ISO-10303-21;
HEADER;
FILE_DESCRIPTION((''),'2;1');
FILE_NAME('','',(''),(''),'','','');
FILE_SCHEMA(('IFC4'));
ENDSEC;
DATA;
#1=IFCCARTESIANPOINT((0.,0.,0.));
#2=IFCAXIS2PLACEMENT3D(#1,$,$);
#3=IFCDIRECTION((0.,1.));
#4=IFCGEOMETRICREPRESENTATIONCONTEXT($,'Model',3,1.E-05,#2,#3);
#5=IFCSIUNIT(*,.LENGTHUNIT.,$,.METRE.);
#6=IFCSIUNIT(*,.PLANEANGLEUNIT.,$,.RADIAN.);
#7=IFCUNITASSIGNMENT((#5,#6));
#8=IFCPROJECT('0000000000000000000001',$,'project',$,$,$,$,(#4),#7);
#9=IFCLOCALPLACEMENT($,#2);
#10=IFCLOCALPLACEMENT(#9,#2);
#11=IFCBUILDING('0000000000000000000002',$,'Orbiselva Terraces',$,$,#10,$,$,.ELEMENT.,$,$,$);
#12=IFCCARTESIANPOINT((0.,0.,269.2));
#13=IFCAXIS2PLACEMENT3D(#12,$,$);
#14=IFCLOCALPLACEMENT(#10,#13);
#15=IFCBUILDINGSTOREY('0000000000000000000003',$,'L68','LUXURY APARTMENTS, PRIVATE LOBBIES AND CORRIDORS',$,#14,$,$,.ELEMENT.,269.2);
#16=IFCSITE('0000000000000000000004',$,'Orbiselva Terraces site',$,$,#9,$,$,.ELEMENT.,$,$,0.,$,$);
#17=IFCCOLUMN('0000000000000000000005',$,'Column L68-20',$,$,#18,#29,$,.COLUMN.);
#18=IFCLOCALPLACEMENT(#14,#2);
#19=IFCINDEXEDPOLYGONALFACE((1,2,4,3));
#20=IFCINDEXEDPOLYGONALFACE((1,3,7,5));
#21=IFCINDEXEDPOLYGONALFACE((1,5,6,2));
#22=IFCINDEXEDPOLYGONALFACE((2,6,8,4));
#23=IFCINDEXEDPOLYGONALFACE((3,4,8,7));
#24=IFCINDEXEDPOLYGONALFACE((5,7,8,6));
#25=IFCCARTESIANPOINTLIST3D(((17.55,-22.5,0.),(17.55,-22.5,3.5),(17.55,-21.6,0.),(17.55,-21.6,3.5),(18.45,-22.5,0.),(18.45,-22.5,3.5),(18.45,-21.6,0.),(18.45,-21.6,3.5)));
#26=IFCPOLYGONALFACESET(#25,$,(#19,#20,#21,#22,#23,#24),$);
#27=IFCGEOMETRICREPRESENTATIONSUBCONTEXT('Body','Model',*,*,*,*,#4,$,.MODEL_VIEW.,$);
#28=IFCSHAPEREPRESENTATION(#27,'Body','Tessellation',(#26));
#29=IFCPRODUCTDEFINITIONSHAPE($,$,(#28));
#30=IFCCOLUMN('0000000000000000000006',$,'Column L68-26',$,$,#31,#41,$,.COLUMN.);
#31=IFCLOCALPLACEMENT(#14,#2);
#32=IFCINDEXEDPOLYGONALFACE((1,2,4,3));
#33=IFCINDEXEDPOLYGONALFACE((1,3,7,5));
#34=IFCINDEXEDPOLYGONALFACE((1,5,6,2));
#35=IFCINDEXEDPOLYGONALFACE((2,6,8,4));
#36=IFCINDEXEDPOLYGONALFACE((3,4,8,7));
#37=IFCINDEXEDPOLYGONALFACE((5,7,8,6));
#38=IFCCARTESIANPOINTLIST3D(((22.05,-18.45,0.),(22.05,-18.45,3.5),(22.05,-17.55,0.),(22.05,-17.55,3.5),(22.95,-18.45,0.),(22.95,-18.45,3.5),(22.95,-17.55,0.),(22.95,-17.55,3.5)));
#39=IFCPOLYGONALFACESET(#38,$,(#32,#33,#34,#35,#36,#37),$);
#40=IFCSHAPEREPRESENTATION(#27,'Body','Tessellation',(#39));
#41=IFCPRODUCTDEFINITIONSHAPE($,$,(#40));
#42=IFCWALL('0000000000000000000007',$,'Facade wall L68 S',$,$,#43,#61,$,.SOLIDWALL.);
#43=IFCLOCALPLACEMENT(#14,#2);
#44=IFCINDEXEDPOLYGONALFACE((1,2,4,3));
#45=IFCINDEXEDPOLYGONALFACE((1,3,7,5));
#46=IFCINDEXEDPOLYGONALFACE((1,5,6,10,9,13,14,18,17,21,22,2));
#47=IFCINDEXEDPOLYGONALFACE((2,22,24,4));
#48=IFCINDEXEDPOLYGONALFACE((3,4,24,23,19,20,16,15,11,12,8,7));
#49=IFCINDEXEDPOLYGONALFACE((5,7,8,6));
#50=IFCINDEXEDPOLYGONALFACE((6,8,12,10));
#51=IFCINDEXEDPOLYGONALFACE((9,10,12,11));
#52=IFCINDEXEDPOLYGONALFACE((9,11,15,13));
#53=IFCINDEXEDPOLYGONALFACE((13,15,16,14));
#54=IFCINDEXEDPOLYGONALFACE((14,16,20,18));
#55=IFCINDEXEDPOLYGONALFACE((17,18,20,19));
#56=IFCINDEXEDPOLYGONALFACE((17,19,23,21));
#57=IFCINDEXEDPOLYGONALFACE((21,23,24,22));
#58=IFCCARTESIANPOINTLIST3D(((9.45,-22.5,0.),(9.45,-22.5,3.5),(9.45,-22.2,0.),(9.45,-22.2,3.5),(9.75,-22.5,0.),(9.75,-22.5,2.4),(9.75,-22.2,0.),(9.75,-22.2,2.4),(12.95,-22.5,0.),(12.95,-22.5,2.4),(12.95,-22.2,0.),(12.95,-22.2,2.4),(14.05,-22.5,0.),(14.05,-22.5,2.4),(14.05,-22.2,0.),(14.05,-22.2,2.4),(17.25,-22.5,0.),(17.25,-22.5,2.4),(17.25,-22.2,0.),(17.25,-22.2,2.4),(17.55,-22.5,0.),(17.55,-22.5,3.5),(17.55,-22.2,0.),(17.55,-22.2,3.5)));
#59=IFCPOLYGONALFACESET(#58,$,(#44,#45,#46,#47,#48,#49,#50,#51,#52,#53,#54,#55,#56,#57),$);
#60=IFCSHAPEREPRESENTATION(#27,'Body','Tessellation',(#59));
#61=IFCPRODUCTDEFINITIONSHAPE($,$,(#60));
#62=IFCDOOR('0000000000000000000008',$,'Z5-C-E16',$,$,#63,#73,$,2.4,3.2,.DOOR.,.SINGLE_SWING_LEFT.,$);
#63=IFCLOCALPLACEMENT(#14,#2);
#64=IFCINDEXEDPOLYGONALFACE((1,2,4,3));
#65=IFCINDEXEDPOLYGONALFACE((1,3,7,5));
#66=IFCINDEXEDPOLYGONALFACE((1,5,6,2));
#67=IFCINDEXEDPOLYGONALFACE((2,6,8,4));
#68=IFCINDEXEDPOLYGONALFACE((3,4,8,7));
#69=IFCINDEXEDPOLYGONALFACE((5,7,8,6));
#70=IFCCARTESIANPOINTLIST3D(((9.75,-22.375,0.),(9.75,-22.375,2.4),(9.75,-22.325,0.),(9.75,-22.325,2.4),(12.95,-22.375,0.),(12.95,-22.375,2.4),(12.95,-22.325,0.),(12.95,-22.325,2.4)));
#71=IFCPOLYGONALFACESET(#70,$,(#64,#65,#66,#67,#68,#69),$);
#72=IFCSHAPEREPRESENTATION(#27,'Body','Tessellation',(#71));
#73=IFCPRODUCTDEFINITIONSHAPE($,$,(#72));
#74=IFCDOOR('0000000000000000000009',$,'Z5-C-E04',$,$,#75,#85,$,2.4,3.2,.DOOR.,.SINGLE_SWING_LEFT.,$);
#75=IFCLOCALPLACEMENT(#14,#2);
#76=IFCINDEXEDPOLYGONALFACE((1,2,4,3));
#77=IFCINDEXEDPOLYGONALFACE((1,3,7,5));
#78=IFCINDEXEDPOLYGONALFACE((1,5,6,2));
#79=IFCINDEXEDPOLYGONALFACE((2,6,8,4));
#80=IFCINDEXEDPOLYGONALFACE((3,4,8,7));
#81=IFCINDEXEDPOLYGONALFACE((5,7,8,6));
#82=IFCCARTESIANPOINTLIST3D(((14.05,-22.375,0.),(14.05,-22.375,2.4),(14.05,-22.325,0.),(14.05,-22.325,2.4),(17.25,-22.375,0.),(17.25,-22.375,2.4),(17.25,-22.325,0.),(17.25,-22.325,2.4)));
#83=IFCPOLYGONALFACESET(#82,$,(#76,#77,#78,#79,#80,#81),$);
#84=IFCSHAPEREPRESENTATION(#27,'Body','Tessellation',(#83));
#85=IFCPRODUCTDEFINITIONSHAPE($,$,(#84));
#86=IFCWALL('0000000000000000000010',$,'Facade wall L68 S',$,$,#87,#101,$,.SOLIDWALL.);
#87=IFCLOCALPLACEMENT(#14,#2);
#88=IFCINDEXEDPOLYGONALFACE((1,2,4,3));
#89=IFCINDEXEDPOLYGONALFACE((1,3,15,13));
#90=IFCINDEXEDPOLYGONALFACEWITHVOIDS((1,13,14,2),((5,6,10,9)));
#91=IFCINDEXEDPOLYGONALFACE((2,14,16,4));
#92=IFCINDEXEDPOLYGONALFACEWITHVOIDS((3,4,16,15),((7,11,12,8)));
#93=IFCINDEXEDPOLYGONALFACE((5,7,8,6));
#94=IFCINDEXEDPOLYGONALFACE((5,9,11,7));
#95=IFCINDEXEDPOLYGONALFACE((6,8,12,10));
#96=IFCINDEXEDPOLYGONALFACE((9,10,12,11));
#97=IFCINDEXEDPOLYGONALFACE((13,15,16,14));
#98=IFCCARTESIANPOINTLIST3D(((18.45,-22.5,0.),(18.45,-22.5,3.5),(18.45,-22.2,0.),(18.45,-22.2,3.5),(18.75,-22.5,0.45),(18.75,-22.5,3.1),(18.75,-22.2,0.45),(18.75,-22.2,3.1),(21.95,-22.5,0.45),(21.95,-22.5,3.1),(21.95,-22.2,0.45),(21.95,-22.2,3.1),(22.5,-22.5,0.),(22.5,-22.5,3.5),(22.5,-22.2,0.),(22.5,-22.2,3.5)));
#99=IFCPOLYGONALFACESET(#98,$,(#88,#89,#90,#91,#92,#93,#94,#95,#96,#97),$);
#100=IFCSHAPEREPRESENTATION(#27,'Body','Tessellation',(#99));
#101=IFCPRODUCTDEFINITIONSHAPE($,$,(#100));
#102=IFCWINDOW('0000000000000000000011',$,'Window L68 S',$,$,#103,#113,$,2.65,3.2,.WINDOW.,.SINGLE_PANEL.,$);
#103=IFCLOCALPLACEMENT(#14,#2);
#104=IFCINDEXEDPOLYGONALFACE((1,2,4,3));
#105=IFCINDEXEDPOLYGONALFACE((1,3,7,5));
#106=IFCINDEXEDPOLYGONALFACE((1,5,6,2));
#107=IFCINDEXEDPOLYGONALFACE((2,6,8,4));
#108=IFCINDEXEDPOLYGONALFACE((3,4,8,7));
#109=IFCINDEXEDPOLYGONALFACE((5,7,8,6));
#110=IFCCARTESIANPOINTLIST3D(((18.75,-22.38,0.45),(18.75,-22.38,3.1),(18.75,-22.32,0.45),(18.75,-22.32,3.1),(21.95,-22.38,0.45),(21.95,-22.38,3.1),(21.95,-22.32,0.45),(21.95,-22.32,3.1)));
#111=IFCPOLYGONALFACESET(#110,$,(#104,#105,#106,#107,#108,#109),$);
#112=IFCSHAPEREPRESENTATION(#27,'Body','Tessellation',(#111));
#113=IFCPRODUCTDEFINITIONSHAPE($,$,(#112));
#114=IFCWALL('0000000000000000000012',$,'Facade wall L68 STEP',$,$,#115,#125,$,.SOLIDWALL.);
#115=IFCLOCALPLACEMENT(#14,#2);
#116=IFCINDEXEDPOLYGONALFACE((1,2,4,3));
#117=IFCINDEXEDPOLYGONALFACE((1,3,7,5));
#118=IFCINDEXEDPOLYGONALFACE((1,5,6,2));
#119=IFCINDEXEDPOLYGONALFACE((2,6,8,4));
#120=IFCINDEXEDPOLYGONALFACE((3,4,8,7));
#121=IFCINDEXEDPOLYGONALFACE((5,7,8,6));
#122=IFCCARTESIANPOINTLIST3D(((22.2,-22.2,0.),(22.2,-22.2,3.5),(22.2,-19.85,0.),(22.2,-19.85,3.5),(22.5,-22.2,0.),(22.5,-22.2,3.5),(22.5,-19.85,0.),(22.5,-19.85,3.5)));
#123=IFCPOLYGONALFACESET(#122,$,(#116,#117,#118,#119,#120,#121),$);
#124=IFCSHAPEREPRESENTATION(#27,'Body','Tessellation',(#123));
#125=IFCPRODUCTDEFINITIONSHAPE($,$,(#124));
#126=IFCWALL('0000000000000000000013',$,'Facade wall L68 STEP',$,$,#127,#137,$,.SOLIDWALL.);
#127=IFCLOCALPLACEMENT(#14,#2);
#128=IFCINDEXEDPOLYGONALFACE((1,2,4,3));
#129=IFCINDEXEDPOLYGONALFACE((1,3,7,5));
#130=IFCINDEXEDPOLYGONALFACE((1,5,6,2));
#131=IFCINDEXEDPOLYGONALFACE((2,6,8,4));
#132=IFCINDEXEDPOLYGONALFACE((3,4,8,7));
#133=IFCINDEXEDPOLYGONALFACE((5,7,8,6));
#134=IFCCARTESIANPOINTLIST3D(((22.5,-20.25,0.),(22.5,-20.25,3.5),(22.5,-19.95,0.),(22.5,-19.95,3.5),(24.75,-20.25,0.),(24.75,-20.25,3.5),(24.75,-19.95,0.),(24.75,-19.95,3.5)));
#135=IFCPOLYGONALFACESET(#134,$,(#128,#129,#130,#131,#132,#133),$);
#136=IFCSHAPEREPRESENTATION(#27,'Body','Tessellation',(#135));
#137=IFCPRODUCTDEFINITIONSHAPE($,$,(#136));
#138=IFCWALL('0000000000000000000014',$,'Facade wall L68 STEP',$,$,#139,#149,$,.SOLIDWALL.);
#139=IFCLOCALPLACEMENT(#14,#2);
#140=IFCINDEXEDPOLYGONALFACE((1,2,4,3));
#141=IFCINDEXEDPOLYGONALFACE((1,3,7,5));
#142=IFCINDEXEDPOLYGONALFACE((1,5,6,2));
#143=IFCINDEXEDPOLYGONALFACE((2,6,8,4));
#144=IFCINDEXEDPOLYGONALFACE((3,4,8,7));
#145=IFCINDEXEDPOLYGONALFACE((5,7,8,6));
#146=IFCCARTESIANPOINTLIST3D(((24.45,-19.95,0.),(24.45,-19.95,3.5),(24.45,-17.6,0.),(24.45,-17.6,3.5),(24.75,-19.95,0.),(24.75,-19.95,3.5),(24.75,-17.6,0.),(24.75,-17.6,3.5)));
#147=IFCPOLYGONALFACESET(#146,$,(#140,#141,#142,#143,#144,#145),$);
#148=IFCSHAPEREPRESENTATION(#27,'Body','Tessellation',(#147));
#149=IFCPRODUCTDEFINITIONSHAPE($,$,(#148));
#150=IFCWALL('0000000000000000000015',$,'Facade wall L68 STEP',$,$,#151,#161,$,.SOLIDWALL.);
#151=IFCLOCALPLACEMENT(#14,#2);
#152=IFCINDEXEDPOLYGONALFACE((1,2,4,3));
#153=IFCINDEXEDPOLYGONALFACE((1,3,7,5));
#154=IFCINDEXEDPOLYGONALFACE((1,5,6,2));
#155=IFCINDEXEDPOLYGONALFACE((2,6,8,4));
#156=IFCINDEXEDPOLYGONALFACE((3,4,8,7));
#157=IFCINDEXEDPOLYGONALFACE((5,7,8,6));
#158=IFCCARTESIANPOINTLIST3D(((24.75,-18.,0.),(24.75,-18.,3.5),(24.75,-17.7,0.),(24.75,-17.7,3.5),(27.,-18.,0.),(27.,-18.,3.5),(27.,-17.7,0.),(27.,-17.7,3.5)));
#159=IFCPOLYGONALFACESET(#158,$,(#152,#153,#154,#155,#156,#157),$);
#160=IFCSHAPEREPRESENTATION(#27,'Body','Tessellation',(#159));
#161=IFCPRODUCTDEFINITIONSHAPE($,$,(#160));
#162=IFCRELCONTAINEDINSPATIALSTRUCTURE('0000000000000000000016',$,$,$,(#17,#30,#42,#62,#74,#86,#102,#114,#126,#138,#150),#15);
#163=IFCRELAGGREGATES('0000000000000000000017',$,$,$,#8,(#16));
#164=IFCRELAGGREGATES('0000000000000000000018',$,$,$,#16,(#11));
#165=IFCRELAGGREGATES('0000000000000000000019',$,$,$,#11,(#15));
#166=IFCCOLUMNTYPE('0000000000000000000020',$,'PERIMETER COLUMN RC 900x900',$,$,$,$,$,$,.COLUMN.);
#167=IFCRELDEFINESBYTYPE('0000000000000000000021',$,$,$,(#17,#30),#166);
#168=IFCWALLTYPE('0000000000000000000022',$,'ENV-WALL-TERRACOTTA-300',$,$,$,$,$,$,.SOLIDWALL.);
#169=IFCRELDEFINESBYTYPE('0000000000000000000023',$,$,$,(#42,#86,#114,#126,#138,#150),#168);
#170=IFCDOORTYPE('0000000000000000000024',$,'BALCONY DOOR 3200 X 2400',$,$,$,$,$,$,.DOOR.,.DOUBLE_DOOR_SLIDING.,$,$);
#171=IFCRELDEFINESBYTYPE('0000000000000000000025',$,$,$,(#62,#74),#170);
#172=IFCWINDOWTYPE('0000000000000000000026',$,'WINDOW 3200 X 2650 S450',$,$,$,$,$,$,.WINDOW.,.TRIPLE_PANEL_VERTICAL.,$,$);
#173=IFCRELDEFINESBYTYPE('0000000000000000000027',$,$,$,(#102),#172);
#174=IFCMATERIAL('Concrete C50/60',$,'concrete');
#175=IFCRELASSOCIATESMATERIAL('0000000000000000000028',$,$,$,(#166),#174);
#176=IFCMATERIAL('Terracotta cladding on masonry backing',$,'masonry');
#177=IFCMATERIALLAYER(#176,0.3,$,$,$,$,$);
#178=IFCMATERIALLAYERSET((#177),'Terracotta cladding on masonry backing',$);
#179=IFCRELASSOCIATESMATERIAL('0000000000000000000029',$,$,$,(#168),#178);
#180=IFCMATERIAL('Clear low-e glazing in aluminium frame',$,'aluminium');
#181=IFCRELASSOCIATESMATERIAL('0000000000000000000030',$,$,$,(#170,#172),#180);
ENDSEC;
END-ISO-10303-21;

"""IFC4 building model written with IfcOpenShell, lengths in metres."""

from ifc_helpers import new_model, si_unit, direction, frame, frame_2d, origin, origin_2d, place, context, subcontext, project, spatial, rectangle, extrude, material, layer, layer_set, material_profile, profile_set, type_object, element, fill, save


model = new_model("IFC4")

# Units and contexts
model_context = context("Model", 3, precision=1e-05, world=origin(), true_north=direction((0.0, 1.0)))
body_context = subcontext(model_context, "Body", "Model", "MODEL_VIEW")
ifc_project = project(units=[si_unit("LENGTHUNIT", "METRE"), si_unit("PLANEANGLEUNIT", "RADIAN")], contexts=[model_context])

# Site, building, storey
site_placement = place(None, origin())
site = spatial("IfcSite", under=ifc_project, at=site_placement, Name="Orbiselva Terraces site", CompositionType="ELEMENT", RefElevation=0.0)
building_placement = place(site_placement, origin())
building = spatial("IfcBuilding", under=site, at=building_placement, Name="Orbiselva Terraces", CompositionType="ELEMENT")
storey_placement = place(building_placement, frame((0.0, 0.0, 269.2)))
storey = spatial("IfcBuildingStorey", under=building, at=storey_placement, Name="L68", Description="LUXURY APARTMENTS, PRIVATE LOBBIES AND CORRIDORS", CompositionType="ELEMENT", Elevation=269.2)

# Columns
ifc_material_1 = material(Name="Concrete C50/60", Category="concrete")
ifc_material_profile = material_profile(ifc_material_1, rectangle(XDim=0.9, YDim=0.9, at=origin_2d()), Name="RC 900x900")
ifc_profile_set = profile_set([ifc_material_profile], Name="Concrete C50/60")
column_type = type_object("IfcColumnType", Name="PERIMETER COLUMN RC 900x900", PredefinedType="COLUMN", material=ifc_profile_set)
for number, where, z_axis, x_axis, name in (
    (1, (18.0, -22.05, 0.0), (0.0, 0.0, 1.0), (1.0, 0.0, 0.0), "Column L68-20"),
    (2, (22.5, -18.0, 0.0), (0.0, 0.0, 1.0), (1.0, 0.0, 0.0), "Column L68-26"),
):
    element("IfcColumn", number, at=place(storey_placement, frame(where, z_axis=z_axis, x_axis=x_axis)), inside=storey, type_object=column_type, Name=name, PredefinedType="COLUMN", context=body_context, shape_type="SweptSolid", body=[
        extrude(rectangle(XDim=0.9, YDim=0.9, at=origin_2d()), origin(), (0.0, 0.0, 1.0), 3.5),
    ])

# Wall, openings, doors
ifc_material_2 = material(Name="Terracotta cladding on masonry backing", Category="masonry")
ifc_layer_1 = layer(ifc_material_2, 0.3)
ifc_layer_set_1 = layer_set([ifc_layer_1], Name="Terracotta cladding on masonry backing")
wall_type_1 = type_object("IfcWallType", Name="ENV-WALL-TERRACOTTA-300", PredefinedType="SOLIDWALL", material=ifc_layer_set_1)
wall_1_placement = place(storey_placement, frame((17.55, -22.35, 0.0), z_axis=(0.0, 0.0, 1.0), x_axis=(-1.0, 0.0, 0.0)))
wall_1 = element("IfcWall", 3, at=wall_1_placement, inside=storey, type_object=wall_type_1, Name="Facade wall L68 S", PredefinedType="SOLIDWALL", context=body_context, shape_type="SweptSolid", body=[
    extrude(rectangle(XDim=8.1, YDim=0.3, at=frame_2d((4.05, 0.0))), origin(), (0.0, 0.0, 1.0), 3.5),
])
opening_1_placement = place(wall_1_placement, frame((4.6, 0.0, 0.0)))
opening_1 = element("IfcOpeningElement", 4, at=opening_1_placement, cuts=wall_1, PredefinedType="OPENING", context=body_context, shape_type="SweptSolid", body=[
    extrude(rectangle(XDim=3.2, YDim=2.4, at=frame_2d((1.6, 1.2))), frame((0.0, 0.16, 0.0), z_axis=(0.0, -1.0, 0.0), x_axis=(1.0, 0.0, 0.0)), (0.0, 0.0, 1.0), 0.32),
])
opening_2_placement = place(wall_1_placement, frame((0.3, 0.0, 0.0)))
opening_2 = element("IfcOpeningElement", 5, at=opening_2_placement, cuts=wall_1, PredefinedType="OPENING", context=body_context, shape_type="SweptSolid", body=[
    extrude(rectangle(XDim=3.2, YDim=2.4, at=frame_2d((1.6, 1.2))), frame((0.0, 0.16, 0.0), z_axis=(0.0, -1.0, 0.0), x_axis=(1.0, 0.0, 0.0)), (0.0, 0.0, 1.0), 0.32),
])
ifc_material_3 = material(Name="Clear low-e glazing in aluminium frame", Category="aluminium")
door_type_1 = type_object("IfcDoorType", Name="BALCONY DOOR 3200 X 2400", OperationType="DOUBLE_DOOR_SLIDING", PredefinedType="DOOR", material=ifc_material_3)
door_1_placement = place(opening_1_placement, origin())
door_1 = element("IfcDoor", 6, at=door_1_placement, inside=storey, type_object=door_type_1, Name="Z5-C-E16", OperationType="SINGLE_SWING_LEFT", OverallHeight=2.4, OverallWidth=3.2, PredefinedType="DOOR", context=body_context, shape_type="SweptSolid", body=[
    extrude(rectangle(XDim=3.2, YDim=2.4, at=frame_2d((1.6, 1.2))), frame((0.0, 0.025, 0.0), z_axis=(0.0, -1.0, 0.0), x_axis=(1.0, 0.0, 0.0)), (0.0, 0.0, 1.0), 0.05),
])
fill(opening_1, door_1)
door_2_placement = place(opening_2_placement, origin())
door_2 = element("IfcDoor", 7, at=door_2_placement, inside=storey, type_object=door_type_1, Name="Z5-C-E04", OperationType="SINGLE_SWING_LEFT", OverallHeight=2.4, OverallWidth=3.2, PredefinedType="DOOR", context=body_context, shape_type="SweptSolid", body=[
    extrude(rectangle(XDim=3.2, YDim=2.4, at=frame_2d((1.6, 1.2))), frame((0.0, 0.025, 0.0), z_axis=(0.0, -1.0, 0.0), x_axis=(1.0, 0.0, 0.0)), (0.0, 0.0, 1.0), 0.05),
])
fill(opening_2, door_2)

# Wall, opening, window
wall_2_placement = place(storey_placement, frame((22.5, -22.35, 0.0), z_axis=(0.0, 0.0, 1.0), x_axis=(-1.0, 0.0, 0.0)))
wall_2 = element("IfcWall", 8, at=wall_2_placement, inside=storey, type_object=wall_type_1, Name="Facade wall L68 S", PredefinedType="SOLIDWALL", context=body_context, shape_type="SweptSolid", body=[
    extrude(rectangle(XDim=4.05, YDim=0.3, at=frame_2d((2.025, 0.0))), origin(), (0.0, 0.0, 1.0), 3.5),
])
opening_3_placement = place(wall_2_placement, frame((0.55, 0.0, 0.45)))
opening_3 = element("IfcOpeningElement", 9, at=opening_3_placement, cuts=wall_2, PredefinedType="OPENING", context=body_context, shape_type="SweptSolid", body=[
    extrude(rectangle(XDim=3.2, YDim=2.65, at=frame_2d((1.6, 1.325))), frame((0.0, 0.16, 0.0), z_axis=(0.0, -1.0, 0.0), x_axis=(1.0, 0.0, 0.0)), (0.0, 0.0, 1.0), 0.32),
])
window_type = type_object("IfcWindowType", Name="WINDOW 3200 X 2650 S450", PartitioningType="TRIPLE_PANEL_VERTICAL", PredefinedType="WINDOW", material=ifc_material_3)
window_placement = place(opening_3_placement, origin())
window = element("IfcWindow", 10, at=window_placement, inside=storey, type_object=window_type, Name="Window L68 S", OverallHeight=2.65, OverallWidth=3.2, PartitioningType="SINGLE_PANEL", PredefinedType="WINDOW", context=body_context, shape_type="SweptSolid", body=[
    extrude(rectangle(XDim=3.2, YDim=2.65, at=frame_2d((1.6, 1.325))), frame((0.0, 0.03, 0.0), z_axis=(0.0, -1.0, 0.0), x_axis=(1.0, 0.0, 0.0)), (0.0, 0.0, 1.0), 0.06),
])
fill(opening_3, window)

# Walls
wall_3_placement = place(storey_placement, frame((22.35, -19.85, 0.0), z_axis=(0.0, 0.0, 1.0), x_axis=(0.0, -1.0, 0.0)))
element("IfcWall", 11, at=wall_3_placement, inside=storey, type_object=wall_type_1, Name="Facade wall L68 STEP", PredefinedType="SOLIDWALL", context=body_context, shape_type="SweptSolid", body=[
    extrude(rectangle(XDim=2.35, YDim=0.3, at=frame_2d((1.175, 0.0))), origin(), (0.0, 0.0, 1.0), 3.5),
])
wall_4_placement = place(storey_placement, frame((24.75, -20.1, 0.0), z_axis=(0.0, 0.0, 1.0), x_axis=(-1.0, 0.0, 0.0)))
element("IfcWall", 12, at=wall_4_placement, inside=storey, type_object=wall_type_1, Name="Facade wall L68 STEP", PredefinedType="SOLIDWALL", context=body_context, shape_type="SweptSolid", body=[
    extrude(rectangle(XDim=2.25, YDim=0.3, at=frame_2d((1.125, 0.0))), origin(), (0.0, 0.0, 1.0), 3.5),
])
wall_5_placement = place(storey_placement, frame((24.6, -17.6, 0.0), z_axis=(0.0, 0.0, 1.0), x_axis=(0.0, -1.0, 0.0)))
element("IfcWall", 13, at=wall_5_placement, inside=storey, type_object=wall_type_1, Name="Facade wall L68 STEP", PredefinedType="SOLIDWALL", context=body_context, shape_type="SweptSolid", body=[
    extrude(rectangle(XDim=2.35, YDim=0.3, at=frame_2d((1.175, 0.0))), origin(), (0.0, 0.0, 1.0), 3.5),
])
wall_6_placement = place(storey_placement, frame((27.0, -17.85, 0.0), z_axis=(0.0, 0.0, 1.0), x_axis=(-1.0, 0.0, 0.0)))
element("IfcWall", 14, at=wall_6_placement, inside=storey, type_object=wall_type_1, Name="Facade wall L68 STEP", PredefinedType="SOLIDWALL", context=body_context, shape_type="SweptSolid", body=[
    extrude(rectangle(XDim=2.25, YDim=0.3, at=frame_2d((1.125, 0.0))), origin(), (0.0, 0.0, 1.0), 3.5),
])

save(model, "model.ifc")
